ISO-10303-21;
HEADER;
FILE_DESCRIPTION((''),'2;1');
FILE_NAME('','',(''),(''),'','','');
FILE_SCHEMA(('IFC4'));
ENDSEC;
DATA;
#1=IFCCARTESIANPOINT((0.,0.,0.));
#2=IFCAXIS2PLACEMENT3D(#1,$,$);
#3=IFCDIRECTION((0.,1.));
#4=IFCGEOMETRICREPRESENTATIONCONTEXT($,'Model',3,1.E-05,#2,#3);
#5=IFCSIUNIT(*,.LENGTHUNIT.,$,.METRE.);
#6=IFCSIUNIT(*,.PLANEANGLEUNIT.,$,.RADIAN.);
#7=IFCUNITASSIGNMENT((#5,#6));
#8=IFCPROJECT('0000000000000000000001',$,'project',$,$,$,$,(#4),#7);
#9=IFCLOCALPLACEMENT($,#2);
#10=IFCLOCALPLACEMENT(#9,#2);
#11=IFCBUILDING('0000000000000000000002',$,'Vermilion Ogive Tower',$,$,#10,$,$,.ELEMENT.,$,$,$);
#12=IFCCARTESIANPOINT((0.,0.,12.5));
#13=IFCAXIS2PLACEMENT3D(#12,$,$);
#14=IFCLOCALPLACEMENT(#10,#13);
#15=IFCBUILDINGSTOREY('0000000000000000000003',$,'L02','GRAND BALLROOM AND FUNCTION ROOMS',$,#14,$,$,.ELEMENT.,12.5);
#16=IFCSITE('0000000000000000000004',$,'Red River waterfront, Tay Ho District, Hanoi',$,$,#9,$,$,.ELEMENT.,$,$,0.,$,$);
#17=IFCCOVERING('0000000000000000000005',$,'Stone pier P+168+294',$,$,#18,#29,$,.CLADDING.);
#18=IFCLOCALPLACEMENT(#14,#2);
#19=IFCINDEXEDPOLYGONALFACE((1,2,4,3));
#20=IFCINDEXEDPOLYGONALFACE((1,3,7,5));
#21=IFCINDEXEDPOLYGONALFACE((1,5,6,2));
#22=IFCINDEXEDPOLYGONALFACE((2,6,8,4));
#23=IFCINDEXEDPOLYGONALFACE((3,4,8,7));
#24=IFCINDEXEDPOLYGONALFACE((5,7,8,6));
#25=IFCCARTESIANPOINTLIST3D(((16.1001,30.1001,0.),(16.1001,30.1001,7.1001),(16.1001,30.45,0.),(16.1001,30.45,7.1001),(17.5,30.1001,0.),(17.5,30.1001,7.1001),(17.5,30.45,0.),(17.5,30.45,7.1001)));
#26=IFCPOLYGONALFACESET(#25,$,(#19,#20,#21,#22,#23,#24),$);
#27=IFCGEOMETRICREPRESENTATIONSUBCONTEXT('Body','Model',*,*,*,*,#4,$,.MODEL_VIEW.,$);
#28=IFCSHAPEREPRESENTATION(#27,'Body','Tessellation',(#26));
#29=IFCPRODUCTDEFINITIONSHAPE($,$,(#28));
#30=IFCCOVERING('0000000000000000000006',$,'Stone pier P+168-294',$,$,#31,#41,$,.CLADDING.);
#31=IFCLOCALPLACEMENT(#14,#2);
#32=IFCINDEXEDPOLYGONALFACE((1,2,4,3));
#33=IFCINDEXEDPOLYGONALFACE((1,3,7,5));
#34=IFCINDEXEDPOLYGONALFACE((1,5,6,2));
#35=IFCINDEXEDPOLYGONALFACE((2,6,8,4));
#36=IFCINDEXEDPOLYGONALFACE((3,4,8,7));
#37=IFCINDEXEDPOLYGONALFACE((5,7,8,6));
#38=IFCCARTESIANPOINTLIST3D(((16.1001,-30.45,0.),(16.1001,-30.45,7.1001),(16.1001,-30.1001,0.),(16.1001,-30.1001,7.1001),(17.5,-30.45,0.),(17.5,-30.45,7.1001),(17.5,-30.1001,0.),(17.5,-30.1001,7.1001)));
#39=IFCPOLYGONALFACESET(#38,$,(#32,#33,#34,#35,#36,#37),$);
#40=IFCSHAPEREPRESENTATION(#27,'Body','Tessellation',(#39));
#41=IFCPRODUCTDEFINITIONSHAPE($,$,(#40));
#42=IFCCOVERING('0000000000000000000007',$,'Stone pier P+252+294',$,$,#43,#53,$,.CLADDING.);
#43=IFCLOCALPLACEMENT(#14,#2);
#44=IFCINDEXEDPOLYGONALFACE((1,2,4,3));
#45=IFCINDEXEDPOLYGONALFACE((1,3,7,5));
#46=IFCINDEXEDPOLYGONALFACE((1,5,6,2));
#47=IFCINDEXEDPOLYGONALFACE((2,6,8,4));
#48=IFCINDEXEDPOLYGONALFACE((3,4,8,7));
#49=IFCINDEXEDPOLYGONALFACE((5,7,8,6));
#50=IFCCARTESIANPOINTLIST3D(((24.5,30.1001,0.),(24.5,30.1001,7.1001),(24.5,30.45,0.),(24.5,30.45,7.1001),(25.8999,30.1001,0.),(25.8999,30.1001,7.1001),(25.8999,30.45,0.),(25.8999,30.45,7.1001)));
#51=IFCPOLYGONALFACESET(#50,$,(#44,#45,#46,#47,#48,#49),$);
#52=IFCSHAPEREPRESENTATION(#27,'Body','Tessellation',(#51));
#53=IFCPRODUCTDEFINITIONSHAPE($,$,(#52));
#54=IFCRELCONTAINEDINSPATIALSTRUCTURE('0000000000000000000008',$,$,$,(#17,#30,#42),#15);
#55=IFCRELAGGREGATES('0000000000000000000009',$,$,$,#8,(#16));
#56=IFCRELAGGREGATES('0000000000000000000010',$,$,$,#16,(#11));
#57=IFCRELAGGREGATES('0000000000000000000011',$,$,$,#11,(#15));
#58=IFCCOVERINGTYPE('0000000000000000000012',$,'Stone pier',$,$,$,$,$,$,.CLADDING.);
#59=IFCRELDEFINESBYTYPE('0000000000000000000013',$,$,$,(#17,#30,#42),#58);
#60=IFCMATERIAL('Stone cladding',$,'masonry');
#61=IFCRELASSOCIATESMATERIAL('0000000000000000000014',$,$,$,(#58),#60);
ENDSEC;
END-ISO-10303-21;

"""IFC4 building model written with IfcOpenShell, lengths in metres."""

from ifc_helpers import new_model, si_unit, direction, frame, origin, place, context, subcontext, project, spatial, polyline, outline, extrude, material, type_object, element, save


model = new_model("IFC4")

# Units and contexts
model_context = context("Model", 3, precision=1e-05, world=origin(), true_north=direction((0.0, 1.0)))
body_context = subcontext(model_context, "Body", "Model", "MODEL_VIEW")
ifc_project = project(units=[si_unit("LENGTHUNIT", "METRE"), si_unit("PLANEANGLEUNIT", "RADIAN")], contexts=[model_context])

# Site, building, storey
site_placement = place(None, origin())
site = spatial("IfcSite", under=ifc_project, at=site_placement, Name="Red River waterfront, Tay Ho District, Hanoi", CompositionType="ELEMENT", RefElevation=0.0)
building_placement = place(site_placement, origin())
building = spatial("IfcBuilding", under=site, at=building_placement, Name="Vermilion Ogive Tower", CompositionType="ELEMENT")
storey_placement = place(building_placement, frame((0.0, 0.0, 12.5)))
storey = spatial("IfcBuildingStorey", under=building, at=storey_placement, Name="L02", Description="GRAND BALLROOM AND FUNCTION ROOMS", CompositionType="ELEMENT", Elevation=12.5)

# Coverings
ifc_material_1 = material(Name="Stone cladding", Category="masonry")
covering_type = type_object("IfcCoveringType", Name="Stone pier", PredefinedType="CLADDING", material=ifc_material_1)
covering_1_placement = place(storey_placement, origin())
element("IfcCovering", 1, at=covering_1_placement, inside=storey, type_object=covering_type, Name="Stone pier P+168+294", PredefinedType="CLADDING", context=body_context, shape_type="SweptSolid", body=[
    extrude(outline(polyline([(16.1001, 30.1001), (16.1001, 30.45), (17.5, 30.45), (17.5, 30.1001), (17.5, 30.1001), (16.1001, 30.1001)])), origin(), (0.0, 0.0, 1.0), 7.1001),
])
covering_2_placement = place(storey_placement, origin())
element("IfcCovering", 2, at=covering_2_placement, inside=storey, type_object=covering_type, Name="Stone pier P+168-294", PredefinedType="CLADDING", context=body_context, shape_type="SweptSolid", body=[
    extrude(outline(polyline([(17.5, -30.1001), (17.5, -30.1001), (17.5, -30.45), (16.1001, -30.45), (16.1001, -30.1001), (16.1001, -30.1001), (17.5, -30.1001)])), origin(), (0.0, 0.0, 1.0), 7.1001),
])
covering_3_placement = place(storey_placement, origin())
element("IfcCovering", 3, at=covering_3_placement, inside=storey, type_object=covering_type, Name="Stone pier P+252+294", PredefinedType="CLADDING", context=body_context, shape_type="SweptSolid", body=[
    extrude(outline(polyline([(24.5, 30.45), (25.8999, 30.45), (25.8999, 30.1001), (24.5, 30.1001), (24.5, 30.45)])), origin(), (0.0, 0.0, 1.0), 7.1001),
])

save(model, "model.ifc")
